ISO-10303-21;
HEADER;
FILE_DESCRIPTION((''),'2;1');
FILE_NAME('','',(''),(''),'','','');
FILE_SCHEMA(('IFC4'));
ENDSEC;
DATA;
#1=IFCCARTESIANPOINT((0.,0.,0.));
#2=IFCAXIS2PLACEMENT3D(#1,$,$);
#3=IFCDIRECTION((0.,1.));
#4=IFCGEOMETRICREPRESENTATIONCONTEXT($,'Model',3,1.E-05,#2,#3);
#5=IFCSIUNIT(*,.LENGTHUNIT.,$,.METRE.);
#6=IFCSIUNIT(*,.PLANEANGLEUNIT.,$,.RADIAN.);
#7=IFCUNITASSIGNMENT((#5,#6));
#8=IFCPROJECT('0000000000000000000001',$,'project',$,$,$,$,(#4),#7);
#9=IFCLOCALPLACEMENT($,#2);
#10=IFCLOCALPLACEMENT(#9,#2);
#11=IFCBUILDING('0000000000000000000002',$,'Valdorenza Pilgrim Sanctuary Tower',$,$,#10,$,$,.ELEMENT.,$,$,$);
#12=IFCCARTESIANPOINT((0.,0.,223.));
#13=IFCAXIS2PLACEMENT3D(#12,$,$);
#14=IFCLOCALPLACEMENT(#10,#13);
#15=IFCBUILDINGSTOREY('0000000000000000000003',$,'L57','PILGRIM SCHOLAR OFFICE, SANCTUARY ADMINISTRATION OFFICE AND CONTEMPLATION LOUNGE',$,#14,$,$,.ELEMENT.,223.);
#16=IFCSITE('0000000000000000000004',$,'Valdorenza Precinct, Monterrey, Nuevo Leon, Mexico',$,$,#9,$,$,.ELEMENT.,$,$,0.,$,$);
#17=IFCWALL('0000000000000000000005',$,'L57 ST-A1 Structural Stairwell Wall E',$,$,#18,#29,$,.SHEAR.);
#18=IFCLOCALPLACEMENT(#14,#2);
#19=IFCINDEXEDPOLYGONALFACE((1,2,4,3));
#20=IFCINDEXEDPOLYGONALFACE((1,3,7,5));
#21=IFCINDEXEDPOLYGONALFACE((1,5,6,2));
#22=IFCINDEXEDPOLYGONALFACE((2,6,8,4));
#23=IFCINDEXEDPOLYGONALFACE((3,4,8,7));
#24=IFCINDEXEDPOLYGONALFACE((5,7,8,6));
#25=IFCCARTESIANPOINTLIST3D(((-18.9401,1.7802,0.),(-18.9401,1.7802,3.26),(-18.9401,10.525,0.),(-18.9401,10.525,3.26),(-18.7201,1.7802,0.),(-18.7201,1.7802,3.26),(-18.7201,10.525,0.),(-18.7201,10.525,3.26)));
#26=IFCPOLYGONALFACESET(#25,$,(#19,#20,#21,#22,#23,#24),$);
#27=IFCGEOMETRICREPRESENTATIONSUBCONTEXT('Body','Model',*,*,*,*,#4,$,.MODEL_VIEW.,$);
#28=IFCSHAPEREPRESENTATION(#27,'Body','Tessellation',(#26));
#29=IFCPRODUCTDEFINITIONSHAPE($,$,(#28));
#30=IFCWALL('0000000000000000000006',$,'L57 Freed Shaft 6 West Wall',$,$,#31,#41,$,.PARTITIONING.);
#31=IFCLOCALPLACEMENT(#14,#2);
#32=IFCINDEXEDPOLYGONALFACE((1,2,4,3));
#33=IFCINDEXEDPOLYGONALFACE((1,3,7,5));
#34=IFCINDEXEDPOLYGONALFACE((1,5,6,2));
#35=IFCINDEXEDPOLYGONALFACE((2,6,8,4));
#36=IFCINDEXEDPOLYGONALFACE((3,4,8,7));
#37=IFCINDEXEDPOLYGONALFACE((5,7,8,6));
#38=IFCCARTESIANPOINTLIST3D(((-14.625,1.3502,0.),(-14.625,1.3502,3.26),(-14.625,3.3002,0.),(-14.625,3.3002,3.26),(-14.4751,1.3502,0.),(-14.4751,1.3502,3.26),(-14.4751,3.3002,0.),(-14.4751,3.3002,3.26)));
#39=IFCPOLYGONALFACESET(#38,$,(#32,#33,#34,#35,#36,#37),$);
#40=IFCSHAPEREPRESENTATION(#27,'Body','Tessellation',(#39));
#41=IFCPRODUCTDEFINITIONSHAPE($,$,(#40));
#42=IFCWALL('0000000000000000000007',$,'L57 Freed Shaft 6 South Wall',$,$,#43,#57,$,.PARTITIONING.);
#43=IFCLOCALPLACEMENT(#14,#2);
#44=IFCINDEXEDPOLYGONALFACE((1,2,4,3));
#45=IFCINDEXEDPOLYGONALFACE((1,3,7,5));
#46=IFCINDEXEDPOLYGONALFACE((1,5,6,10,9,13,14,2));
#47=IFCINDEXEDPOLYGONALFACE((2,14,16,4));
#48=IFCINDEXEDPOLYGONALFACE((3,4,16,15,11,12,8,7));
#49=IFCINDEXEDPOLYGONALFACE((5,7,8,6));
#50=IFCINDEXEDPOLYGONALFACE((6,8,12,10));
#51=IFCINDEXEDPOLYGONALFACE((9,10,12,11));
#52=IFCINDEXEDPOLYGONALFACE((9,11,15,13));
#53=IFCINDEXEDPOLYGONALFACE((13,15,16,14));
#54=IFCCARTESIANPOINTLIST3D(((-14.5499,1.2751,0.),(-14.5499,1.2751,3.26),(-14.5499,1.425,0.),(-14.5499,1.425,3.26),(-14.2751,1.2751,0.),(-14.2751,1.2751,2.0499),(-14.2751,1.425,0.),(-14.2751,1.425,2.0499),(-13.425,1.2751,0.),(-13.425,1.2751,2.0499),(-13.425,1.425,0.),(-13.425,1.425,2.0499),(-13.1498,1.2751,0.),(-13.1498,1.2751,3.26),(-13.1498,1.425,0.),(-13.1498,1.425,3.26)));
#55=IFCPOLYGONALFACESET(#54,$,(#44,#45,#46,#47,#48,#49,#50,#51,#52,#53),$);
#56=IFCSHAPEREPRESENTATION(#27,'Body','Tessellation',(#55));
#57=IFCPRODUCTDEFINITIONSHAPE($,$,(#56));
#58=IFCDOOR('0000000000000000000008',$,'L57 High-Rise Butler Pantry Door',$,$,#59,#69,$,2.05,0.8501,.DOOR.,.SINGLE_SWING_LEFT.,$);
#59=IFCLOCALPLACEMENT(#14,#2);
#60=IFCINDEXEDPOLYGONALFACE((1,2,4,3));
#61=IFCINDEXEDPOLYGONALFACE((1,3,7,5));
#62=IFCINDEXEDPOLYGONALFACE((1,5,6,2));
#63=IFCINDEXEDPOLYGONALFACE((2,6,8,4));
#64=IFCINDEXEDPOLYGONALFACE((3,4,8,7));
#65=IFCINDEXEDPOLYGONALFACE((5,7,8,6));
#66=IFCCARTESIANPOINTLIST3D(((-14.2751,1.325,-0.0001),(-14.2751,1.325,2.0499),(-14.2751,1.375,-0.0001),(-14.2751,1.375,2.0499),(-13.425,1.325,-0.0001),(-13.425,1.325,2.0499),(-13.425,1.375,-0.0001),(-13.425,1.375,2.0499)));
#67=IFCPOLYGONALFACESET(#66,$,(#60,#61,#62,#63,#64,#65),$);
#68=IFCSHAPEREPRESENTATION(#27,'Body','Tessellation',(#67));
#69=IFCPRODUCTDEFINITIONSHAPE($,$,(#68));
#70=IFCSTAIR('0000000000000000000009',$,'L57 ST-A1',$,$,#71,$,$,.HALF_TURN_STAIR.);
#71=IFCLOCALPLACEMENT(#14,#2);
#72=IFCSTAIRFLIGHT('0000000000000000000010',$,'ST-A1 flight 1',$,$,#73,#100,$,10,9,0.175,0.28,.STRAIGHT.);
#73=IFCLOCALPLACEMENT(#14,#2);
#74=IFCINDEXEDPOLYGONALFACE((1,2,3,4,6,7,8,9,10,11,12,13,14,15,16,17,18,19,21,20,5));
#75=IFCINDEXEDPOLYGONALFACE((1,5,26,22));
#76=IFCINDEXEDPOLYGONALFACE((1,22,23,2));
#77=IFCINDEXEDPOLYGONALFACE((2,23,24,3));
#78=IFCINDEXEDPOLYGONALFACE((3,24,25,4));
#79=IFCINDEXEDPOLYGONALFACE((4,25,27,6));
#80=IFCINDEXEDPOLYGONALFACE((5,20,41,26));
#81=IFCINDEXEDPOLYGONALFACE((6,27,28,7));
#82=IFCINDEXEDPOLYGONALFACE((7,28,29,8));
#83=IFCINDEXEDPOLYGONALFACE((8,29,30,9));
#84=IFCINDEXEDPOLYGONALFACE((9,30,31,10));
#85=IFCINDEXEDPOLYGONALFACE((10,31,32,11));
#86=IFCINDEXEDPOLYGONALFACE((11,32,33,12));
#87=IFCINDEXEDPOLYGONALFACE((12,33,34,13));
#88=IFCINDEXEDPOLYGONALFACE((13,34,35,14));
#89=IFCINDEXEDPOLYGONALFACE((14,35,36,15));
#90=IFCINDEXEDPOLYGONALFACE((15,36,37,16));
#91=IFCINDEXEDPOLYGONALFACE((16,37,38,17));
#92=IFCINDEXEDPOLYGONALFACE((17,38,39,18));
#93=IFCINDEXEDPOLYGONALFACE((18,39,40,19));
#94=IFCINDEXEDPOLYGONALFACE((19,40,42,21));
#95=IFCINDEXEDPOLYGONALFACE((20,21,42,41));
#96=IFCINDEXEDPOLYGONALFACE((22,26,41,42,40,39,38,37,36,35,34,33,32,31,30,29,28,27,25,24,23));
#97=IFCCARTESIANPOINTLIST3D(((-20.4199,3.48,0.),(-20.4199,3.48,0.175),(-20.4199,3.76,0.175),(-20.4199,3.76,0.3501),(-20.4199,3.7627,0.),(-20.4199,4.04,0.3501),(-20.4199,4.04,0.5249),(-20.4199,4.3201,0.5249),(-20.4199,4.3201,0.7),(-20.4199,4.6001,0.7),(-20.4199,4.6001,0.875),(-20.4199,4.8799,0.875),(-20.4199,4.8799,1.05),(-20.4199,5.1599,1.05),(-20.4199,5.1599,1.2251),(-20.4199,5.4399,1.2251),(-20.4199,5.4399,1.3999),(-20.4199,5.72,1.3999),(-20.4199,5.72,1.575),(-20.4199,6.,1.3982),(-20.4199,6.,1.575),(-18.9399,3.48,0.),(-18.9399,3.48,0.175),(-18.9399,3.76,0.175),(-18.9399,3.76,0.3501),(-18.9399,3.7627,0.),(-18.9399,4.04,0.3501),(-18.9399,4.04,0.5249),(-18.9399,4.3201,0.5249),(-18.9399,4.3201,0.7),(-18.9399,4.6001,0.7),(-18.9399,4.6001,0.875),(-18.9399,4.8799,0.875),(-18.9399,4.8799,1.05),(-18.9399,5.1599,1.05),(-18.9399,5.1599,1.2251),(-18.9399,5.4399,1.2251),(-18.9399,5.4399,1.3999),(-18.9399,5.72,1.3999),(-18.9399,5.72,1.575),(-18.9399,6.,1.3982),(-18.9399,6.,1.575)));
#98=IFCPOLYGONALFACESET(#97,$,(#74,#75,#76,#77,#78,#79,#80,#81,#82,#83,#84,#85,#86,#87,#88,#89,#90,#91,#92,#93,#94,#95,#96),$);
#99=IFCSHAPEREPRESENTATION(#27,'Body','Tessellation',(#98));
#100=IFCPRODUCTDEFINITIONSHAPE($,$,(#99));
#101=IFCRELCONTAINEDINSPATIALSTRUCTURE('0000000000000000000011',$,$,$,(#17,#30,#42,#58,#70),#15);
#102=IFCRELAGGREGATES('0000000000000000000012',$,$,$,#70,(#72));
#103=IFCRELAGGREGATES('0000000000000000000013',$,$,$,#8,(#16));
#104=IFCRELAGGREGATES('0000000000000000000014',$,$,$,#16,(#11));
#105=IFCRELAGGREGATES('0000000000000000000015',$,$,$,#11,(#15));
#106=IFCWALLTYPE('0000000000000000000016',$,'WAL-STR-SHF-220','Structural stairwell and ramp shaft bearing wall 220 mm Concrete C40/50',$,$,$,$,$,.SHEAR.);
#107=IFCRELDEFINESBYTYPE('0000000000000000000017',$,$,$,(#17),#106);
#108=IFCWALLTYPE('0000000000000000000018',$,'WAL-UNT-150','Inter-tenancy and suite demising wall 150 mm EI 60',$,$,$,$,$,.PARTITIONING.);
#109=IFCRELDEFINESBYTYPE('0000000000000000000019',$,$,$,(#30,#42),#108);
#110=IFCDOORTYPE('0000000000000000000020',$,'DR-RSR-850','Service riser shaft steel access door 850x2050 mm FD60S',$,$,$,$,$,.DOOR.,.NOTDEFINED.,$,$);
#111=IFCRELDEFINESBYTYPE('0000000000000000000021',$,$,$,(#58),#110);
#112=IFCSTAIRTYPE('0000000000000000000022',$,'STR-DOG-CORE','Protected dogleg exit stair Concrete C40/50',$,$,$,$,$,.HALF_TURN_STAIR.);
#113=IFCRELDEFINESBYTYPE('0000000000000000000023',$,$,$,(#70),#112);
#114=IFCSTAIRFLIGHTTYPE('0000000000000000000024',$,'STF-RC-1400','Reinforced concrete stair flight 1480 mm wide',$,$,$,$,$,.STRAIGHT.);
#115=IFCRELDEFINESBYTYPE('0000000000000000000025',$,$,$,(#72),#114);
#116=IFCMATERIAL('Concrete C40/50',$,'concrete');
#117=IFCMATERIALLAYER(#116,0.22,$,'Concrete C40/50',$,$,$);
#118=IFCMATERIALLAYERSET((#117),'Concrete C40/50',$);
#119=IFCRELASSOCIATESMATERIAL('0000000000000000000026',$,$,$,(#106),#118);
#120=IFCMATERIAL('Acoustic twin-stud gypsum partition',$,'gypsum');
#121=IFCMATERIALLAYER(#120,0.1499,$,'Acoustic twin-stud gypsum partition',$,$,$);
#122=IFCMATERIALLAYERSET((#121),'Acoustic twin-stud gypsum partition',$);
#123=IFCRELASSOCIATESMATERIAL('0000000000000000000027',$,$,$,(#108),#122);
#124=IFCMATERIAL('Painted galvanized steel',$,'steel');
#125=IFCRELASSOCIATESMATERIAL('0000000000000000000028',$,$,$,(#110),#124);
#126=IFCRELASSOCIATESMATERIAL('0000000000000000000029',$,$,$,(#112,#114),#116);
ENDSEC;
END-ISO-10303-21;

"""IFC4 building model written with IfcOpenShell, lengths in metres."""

from ifc_helpers import new_model, si_unit, direction, frame, frame_2d, origin, place, context, subcontext, project, spatial, polyline, rectangle, outline, extrude, material, layer, layer_set, type_object, element, fill, aggregate, save


model = new_model("IFC4")

# Units and contexts
model_context = context("Model", 3, precision=1e-05, world=origin(), true_north=direction((0.0, 1.0)))
body_context = subcontext(model_context, "Body", "Model", "MODEL_VIEW")
ifc_project = project(units=[si_unit("LENGTHUNIT", "METRE"), si_unit("PLANEANGLEUNIT", "RADIAN")], contexts=[model_context])

# Site, building, storey
site_placement = place(None, origin())
site = spatial("IfcSite", under=ifc_project, at=site_placement, Name="Valdorenza Precinct, Monterrey, Nuevo Leon, Mexico", CompositionType="ELEMENT", RefElevation=0.0)
building_placement = place(site_placement, origin())
building = spatial("IfcBuilding", under=site, at=building_placement, Name="Valdorenza Pilgrim Sanctuary Tower", CompositionType="ELEMENT")
storey_placement = place(building_placement, frame((0.0, 0.0, 223.0)))
storey = spatial("IfcBuildingStorey", under=building, at=storey_placement, Name="L57", Description="PILGRIM SCHOLAR OFFICE, SANCTUARY ADMINISTRATION OFFICE AND CONTEMPLATION LOUNGE", CompositionType="ELEMENT", Elevation=223.0)

# Shared definitions
ifc_material_1 = material(Name="Acoustic twin-stud gypsum partition", Category="gypsum")

# Walls
ifc_material_2 = material(Name="Concrete C40/50", Category="concrete")
ifc_layer_1 = layer(ifc_material_2, 0.22, Name="Concrete C40/50")
ifc_layer_set_1 = layer_set([ifc_layer_1], Name="Concrete C40/50")
wall_type_1 = type_object("IfcWallType", Name="WAL-STR-SHF-220", Description="Structural stairwell and ramp shaft bearing wall 220 mm Concrete C40/50", PredefinedType="SHEAR", material=ifc_layer_set_1)
wall_1_placement = place(storey_placement, frame((-18.8301, 1.78, 0.0), z_axis=(0.0, 0.0, 1.0), x_axis=(0.0, 1.0, 0.0)))
element("IfcWall", 1, at=wall_1_placement, inside=storey, type_object=wall_type_1, Name="L57 ST-A1 Structural Stairwell Wall E", PredefinedType="SHEAR", context=body_context, shape_type="SweptSolid", body=[
    extrude(rectangle(XDim=8.7449, YDim=0.22, at=frame_2d((4.3726, 0.0))), origin(), (0.0, 0.0, 1.0), 3.26),
])
ifc_layer_2 = layer(ifc_material_1, 0.1499, Name="Acoustic twin-stud gypsum partition")
ifc_layer_set_2 = layer_set([ifc_layer_2], Name="Acoustic twin-stud gypsum partition")
wall_type_2 = type_object("IfcWallType", Name="WAL-UNT-150", Description="Inter-tenancy and suite demising wall 150 mm EI 60", PredefinedType="PARTITIONING", material=ifc_layer_set_2)
wall_2_placement = place(storey_placement, frame((-14.55, 1.3501, 0.0), z_axis=(0.0, 0.0, 1.0), x_axis=(0.0, 1.0, 0.0)))
element("IfcWall", 2, at=wall_2_placement, inside=storey, type_object=wall_type_2, Name="L57 Freed Shaft 6 West Wall", PredefinedType="PARTITIONING", context=body_context, shape_type="SweptSolid", body=[
    extrude(rectangle(XDim=1.95, YDim=0.1499, at=frame_2d((0.9751, 0.0))), origin(), (0.0, 0.0, 1.0), 3.26),
])

# Wall, opening, door
wall_3_placement = place(storey_placement, frame((-14.55, 1.3501, 0.0), z_axis=(0.0, 0.0, 1.0), x_axis=(1.0, 0.0, 0.0)))
wall_3 = element("IfcWall", 3, at=wall_3_placement, inside=storey, type_object=wall_type_2, Name="L57 Freed Shaft 6 South Wall", PredefinedType="PARTITIONING", context=body_context, shape_type="SweptSolid", body=[
    extrude(rectangle(XDim=1.4001, YDim=0.1499, at=frame_2d((0.7002, 0.0))), origin(), (0.0, 0.0, 1.0), 3.26),
])
opening_1_placement = place(wall_3_placement, frame((0.2749, 0.0, 0.0)))
opening_1 = element("IfcOpeningElement", 4, at=opening_1_placement, cuts=wall_3, PredefinedType="OPENING", context=body_context, shape_type="SweptSolid", body=[
    extrude(rectangle(XDim=0.8501, YDim=2.05, at=frame_2d((0.425, 1.0249))), frame((0.0, 0.0898, 0.0), z_axis=(0.0, -1.0, 0.0), x_axis=(1.0, 0.0, 0.0)), (0.0, 0.0, 1.0), 0.1797),
])
ifc_material_3 = material(Name="Painted galvanized steel", Category="steel")
door_type_1 = type_object("IfcDoorType", Name="DR-RSR-850", Description="Service riser shaft steel access door 850x2050 mm FD60S", OperationType="NOTDEFINED", PredefinedType="DOOR", material=ifc_material_3)
door_1_placement = place(opening_1_placement, origin())
door_1 = element("IfcDoor", 5, at=door_1_placement, inside=storey, type_object=door_type_1, Name="L57 High-Rise Butler Pantry Door", OperationType="SINGLE_SWING_LEFT", OverallHeight=2.05, OverallWidth=0.8501, PredefinedType="DOOR", context=body_context, shape_type="SweptSolid", body=[
    extrude(rectangle(XDim=0.8501, YDim=2.05, at=frame_2d((0.425, 1.0249))), frame((0.0, 0.0249, 0.0), z_axis=(0.0, -1.0, 0.0), x_axis=(1.0, 0.0, 0.0)), (0.0, 0.0, 1.0), 0.05),
])
fill(opening_1, door_1)

# Stair, stair flight
stair_type = type_object("IfcStairType", Name="STR-DOG-CORE", Description="Protected dogleg exit stair Concrete C40/50", PredefinedType="HALF_TURN_STAIR", material=ifc_material_2)
stair_placement = place(storey_placement, origin())
stair = element("IfcStair", 6, at=stair_placement, inside=storey, type_object=stair_type, Name="L57 ST-A1", PredefinedType="HALF_TURN_STAIR")
stair_flight_type = type_object("IfcStairFlightType", Name="STF-RC-1400", Description="Reinforced concrete stair flight 1480 mm wide", PredefinedType="STRAIGHT", material=ifc_material_2)
stair_flight_placement = place(storey_placement, frame((-19.6799, 3.48, 0.0), z_axis=(0.0, 0.0, 1.0), x_axis=(0.0, 1.0, 0.0)))
stair_flight = element("IfcStairFlight", 7, at=stair_flight_placement, type_object=stair_flight_type, Name="ST-A1 flight 1", NumberOfRisers=10, NumberOfTreads=9, PredefinedType="STRAIGHT", RiserHeight=0.175, TreadLength=0.28, context=body_context, shape_type="SweptSolid", body=[
    extrude(outline(polyline([(0.0, 0.0), (0.0, 0.175), (0.28, 0.175), (0.28, 0.3501), (0.5601, 0.3501), (0.5601, 0.5249), (0.8401, 0.5249), (0.8401, 0.7), (1.1201, 0.7), (1.1201, 0.875), (1.3999, 0.875), (1.3999, 1.05), (1.6799, 1.05), (1.6799, 1.2251), (1.96, 1.2251), (1.96, 1.3999), (2.24, 1.3999), (2.24, 1.575), (2.52, 1.575), (2.52, 1.75), (2.52, 1.3982), (0.2827, 0.0), (0.0, 0.0)])), frame((0.0, 0.74, 0.0), z_axis=(0.0, -1.0, 0.0), x_axis=(1.0, 0.0, 0.0)), (0.0, 0.0, 1.0), 1.48),
])
aggregate(stair, [stair_flight])

save(model, "model.ifc")
